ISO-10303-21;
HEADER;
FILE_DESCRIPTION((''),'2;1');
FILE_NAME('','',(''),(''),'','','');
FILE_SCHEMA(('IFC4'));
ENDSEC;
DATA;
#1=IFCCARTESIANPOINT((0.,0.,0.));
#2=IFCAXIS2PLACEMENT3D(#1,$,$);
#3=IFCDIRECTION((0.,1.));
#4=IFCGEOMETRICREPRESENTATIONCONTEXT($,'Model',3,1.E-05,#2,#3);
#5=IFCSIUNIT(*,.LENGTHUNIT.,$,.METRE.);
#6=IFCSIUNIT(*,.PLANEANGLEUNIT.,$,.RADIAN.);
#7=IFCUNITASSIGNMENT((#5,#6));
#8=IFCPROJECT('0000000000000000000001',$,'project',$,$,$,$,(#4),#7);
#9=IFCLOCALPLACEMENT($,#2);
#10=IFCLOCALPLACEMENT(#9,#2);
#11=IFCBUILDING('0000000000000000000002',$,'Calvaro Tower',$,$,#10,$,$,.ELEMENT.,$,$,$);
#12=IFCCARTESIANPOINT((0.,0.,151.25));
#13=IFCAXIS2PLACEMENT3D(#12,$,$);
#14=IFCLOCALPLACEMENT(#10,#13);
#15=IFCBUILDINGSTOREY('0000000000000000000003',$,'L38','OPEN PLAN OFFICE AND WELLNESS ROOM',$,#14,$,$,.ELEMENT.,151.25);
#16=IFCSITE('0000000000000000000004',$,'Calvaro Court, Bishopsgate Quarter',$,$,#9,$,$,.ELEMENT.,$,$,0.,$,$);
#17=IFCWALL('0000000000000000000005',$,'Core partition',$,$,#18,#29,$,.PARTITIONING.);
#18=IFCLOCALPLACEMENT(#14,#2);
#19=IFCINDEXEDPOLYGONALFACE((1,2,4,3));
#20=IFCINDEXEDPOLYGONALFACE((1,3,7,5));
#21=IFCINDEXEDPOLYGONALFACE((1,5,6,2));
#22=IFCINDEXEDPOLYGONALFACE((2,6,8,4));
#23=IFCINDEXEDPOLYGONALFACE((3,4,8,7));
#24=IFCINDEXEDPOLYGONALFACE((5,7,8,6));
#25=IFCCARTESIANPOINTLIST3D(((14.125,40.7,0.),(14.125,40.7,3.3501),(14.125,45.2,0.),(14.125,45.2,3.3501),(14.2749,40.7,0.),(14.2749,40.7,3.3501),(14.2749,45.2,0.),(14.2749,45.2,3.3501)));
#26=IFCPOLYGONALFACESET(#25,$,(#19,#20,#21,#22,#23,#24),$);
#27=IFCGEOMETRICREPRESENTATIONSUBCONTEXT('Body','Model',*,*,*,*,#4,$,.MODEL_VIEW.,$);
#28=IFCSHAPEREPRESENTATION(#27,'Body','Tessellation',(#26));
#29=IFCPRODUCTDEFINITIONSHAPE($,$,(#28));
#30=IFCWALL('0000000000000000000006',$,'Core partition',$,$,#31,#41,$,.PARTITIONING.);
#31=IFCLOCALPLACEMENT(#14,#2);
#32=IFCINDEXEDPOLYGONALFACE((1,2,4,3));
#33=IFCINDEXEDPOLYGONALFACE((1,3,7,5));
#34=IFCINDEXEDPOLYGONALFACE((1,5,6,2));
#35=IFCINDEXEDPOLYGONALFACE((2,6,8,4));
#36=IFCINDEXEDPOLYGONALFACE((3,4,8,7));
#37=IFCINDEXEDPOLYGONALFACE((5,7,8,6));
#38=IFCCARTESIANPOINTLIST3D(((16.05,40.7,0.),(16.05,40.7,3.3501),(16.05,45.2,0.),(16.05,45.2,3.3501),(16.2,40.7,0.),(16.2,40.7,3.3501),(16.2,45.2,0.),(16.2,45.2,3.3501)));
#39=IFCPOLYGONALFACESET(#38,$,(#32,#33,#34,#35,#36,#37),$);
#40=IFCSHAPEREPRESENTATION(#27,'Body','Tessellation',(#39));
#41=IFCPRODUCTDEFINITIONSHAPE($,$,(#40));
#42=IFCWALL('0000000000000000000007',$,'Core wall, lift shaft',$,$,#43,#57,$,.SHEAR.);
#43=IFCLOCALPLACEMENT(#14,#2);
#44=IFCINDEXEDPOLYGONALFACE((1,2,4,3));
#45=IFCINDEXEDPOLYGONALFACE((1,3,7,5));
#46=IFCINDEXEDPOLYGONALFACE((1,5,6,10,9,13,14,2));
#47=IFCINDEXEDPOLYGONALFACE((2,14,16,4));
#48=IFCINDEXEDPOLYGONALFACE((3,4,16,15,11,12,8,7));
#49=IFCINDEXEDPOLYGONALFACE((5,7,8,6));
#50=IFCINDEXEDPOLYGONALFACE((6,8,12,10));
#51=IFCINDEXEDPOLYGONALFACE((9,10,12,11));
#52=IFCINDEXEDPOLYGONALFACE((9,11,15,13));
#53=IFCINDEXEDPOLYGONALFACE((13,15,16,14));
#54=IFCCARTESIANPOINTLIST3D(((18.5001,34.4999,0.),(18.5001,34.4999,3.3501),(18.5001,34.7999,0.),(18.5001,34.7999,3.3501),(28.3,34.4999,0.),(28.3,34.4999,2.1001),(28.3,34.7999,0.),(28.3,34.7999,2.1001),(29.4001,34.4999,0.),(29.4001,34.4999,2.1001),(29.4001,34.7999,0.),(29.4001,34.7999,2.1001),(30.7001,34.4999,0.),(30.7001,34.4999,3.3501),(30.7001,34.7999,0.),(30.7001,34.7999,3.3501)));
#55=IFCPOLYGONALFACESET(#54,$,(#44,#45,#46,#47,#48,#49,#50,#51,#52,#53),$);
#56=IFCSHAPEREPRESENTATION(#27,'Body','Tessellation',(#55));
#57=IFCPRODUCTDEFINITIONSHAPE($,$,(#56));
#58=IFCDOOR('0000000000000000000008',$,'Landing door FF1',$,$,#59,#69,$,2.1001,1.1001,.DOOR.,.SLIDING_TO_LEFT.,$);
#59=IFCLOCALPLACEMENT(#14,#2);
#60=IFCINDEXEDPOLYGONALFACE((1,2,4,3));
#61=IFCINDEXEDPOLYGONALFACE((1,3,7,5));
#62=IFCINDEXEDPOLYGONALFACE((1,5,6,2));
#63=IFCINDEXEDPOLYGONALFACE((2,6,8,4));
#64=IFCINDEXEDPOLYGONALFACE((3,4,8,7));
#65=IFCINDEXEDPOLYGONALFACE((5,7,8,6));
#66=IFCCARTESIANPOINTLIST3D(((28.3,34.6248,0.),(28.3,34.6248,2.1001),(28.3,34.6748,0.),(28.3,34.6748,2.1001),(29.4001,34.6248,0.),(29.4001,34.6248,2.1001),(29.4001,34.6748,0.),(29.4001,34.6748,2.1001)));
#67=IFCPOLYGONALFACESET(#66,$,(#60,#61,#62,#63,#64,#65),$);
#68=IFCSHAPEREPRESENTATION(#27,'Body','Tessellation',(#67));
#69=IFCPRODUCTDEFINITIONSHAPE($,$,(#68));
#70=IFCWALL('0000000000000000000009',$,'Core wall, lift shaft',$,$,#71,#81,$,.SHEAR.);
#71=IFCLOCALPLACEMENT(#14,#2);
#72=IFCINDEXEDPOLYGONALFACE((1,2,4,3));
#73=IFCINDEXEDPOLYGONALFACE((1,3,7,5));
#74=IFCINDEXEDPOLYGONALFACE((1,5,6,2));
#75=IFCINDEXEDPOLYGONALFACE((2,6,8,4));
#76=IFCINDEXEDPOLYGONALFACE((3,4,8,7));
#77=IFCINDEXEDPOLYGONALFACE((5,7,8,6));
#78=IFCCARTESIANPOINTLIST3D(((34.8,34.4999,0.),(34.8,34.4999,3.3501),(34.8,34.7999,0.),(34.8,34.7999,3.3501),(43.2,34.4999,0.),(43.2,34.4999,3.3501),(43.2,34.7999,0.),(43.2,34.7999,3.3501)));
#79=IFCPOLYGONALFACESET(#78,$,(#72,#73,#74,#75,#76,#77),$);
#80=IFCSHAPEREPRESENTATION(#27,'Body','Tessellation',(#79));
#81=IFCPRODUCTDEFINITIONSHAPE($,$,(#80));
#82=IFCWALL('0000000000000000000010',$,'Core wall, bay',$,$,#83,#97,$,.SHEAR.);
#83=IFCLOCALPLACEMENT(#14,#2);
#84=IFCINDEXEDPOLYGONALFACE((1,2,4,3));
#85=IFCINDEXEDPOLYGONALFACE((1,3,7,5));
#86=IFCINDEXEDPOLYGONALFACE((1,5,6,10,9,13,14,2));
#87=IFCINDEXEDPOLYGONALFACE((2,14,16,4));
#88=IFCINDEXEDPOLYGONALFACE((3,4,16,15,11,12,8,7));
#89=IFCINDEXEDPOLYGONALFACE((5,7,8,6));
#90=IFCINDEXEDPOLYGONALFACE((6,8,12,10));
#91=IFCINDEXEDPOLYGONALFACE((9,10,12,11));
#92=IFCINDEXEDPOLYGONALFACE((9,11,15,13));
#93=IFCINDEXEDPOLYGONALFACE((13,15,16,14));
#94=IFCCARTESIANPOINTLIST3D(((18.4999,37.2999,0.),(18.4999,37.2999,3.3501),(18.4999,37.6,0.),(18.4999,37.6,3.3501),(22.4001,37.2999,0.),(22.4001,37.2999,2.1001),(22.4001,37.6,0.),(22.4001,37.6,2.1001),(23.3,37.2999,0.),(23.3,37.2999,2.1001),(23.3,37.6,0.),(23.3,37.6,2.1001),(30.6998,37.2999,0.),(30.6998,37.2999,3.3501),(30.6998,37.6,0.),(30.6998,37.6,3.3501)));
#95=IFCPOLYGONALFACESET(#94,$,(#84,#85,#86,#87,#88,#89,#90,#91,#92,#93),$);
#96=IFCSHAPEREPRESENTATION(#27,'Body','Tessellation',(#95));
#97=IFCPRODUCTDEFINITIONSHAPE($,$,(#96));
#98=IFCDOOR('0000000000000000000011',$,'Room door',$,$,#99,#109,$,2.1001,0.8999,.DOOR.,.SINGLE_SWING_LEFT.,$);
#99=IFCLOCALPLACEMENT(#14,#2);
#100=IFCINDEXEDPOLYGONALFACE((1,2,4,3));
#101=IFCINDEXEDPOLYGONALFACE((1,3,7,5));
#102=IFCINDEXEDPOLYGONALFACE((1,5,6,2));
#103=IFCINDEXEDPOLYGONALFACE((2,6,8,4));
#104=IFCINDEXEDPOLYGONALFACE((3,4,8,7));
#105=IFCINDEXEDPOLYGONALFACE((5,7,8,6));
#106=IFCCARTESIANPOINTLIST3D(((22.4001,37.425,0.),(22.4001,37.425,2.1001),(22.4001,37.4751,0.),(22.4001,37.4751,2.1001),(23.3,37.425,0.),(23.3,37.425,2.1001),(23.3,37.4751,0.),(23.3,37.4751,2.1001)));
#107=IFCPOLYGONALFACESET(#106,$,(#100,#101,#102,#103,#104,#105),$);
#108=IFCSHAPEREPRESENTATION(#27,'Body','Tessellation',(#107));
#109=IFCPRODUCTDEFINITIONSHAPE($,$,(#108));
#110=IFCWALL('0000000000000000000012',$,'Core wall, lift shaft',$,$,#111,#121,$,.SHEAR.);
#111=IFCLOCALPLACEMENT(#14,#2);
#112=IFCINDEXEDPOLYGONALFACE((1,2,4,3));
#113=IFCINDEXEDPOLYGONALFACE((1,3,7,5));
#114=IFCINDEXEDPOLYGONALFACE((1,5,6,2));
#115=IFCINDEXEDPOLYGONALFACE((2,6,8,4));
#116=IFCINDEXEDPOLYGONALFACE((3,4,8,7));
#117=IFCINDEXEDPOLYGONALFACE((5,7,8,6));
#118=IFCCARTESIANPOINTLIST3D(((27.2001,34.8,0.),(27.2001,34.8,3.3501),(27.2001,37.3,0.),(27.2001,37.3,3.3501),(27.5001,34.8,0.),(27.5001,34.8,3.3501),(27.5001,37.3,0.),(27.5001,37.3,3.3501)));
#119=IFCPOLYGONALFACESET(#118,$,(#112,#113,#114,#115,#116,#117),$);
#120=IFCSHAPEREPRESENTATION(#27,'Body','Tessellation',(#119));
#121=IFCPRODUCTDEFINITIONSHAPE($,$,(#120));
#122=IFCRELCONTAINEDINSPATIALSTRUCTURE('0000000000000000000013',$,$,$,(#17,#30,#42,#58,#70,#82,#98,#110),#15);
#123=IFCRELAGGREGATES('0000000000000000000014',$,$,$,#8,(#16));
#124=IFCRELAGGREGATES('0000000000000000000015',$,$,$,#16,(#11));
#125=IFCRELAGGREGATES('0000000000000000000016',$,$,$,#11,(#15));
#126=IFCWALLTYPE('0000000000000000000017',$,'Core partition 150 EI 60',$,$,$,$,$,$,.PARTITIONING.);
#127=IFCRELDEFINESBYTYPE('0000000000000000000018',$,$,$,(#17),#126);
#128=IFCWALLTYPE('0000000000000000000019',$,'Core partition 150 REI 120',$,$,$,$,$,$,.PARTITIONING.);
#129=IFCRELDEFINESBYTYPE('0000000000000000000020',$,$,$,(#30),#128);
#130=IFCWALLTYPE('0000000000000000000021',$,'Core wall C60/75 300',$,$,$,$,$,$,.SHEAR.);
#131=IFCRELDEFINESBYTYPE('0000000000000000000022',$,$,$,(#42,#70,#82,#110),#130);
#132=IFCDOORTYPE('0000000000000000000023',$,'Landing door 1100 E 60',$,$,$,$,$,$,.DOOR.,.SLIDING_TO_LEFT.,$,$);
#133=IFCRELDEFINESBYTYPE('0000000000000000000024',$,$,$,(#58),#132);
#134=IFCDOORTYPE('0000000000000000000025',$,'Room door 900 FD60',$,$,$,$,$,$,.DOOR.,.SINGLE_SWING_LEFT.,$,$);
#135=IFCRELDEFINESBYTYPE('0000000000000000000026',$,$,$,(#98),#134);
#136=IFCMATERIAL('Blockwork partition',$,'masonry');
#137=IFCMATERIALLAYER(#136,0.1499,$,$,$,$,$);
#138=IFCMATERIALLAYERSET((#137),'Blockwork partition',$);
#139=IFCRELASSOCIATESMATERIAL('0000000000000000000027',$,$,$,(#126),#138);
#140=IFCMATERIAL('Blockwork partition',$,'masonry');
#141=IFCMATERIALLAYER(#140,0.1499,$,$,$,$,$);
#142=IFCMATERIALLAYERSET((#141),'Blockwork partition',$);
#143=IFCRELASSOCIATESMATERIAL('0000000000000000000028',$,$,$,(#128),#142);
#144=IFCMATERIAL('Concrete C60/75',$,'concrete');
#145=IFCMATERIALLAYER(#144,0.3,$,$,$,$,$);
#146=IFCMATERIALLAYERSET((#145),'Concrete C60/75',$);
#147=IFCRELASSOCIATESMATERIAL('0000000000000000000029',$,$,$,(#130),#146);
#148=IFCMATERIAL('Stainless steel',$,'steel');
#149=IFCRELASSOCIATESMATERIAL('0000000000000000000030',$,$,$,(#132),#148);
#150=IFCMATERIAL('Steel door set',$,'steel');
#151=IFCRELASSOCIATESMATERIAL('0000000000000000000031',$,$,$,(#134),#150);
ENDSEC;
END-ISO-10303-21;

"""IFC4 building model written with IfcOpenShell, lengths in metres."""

from ifc_helpers import new_model, si_unit, direction, frame, frame_2d, origin, place, context, subcontext, project, spatial, rectangle, extrude, material, layer, layer_set, type_object, element, fill, save


model = new_model("IFC4")

# Units and contexts
model_context = context("Model", 3, precision=1e-05, world=origin(), true_north=direction((0.0, 1.0)))
body_context = subcontext(model_context, "Body", "Model", "MODEL_VIEW")
ifc_project = project(units=[si_unit("LENGTHUNIT", "METRE"), si_unit("PLANEANGLEUNIT", "RADIAN")], contexts=[model_context])

# Site, building, storey
site_placement = place(None, origin())
site = spatial("IfcSite", under=ifc_project, at=site_placement, Name="Calvaro Court, Bishopsgate Quarter", CompositionType="ELEMENT", RefElevation=0.0)
building_placement = place(site_placement, origin())
building = spatial("IfcBuilding", under=site, at=building_placement, Name="Calvaro Tower", CompositionType="ELEMENT")
storey_placement = place(building_placement, frame((0.0, 0.0, 151.25)))
storey = spatial("IfcBuildingStorey", under=building, at=storey_placement, Name="L38", Description="OPEN PLAN OFFICE AND WELLNESS ROOM", CompositionType="ELEMENT", Elevation=151.25)

# Walls
ifc_material_1 = material(Name="Blockwork partition", Category="masonry")
ifc_layer_1 = layer(ifc_material_1, 0.1499)
ifc_layer_set_1 = layer_set([ifc_layer_1], Name="Blockwork partition")
wall_type_1 = type_object("IfcWallType", Name="Core partition 150 EI 60", PredefinedType="PARTITIONING", material=ifc_layer_set_1)
wall_1_placement = place(storey_placement, frame((14.2, 40.7, 0.0), z_axis=(0.0, 0.0, 1.0), x_axis=(0.0, 1.0, 0.0)))
element("IfcWall", 1, at=wall_1_placement, inside=storey, type_object=wall_type_1, Name="Core partition", PredefinedType="PARTITIONING", context=body_context, shape_type="SweptSolid", body=[
    extrude(rectangle(XDim=4.5, YDim=0.1499, at=frame_2d((2.25, 0.0))), origin(), (0.0, 0.0, 1.0), 3.3501),
])
ifc_material_2 = material(Name="Blockwork partition", Category="masonry")
ifc_layer_2 = layer(ifc_material_2, 0.1499)
ifc_layer_set_2 = layer_set([ifc_layer_2], Name="Blockwork partition")
wall_type_2 = type_object("IfcWallType", Name="Core partition 150 REI 120", PredefinedType="PARTITIONING", material=ifc_layer_set_2)
wall_2_placement = place(storey_placement, frame((16.125, 40.7, 0.0), z_axis=(0.0, 0.0, 1.0), x_axis=(0.0, 1.0, 0.0)))
element("IfcWall", 2, at=wall_2_placement, inside=storey, type_object=wall_type_2, Name="Core partition", PredefinedType="PARTITIONING", context=body_context, shape_type="SweptSolid", body=[
    extrude(rectangle(XDim=4.5, YDim=0.1499, at=frame_2d((2.25, 0.0))), origin(), (0.0, 0.0, 1.0), 3.3501),
])

# Wall, opening, door
ifc_material_3 = material(Name="Concrete C60/75", Category="concrete")
ifc_layer_3 = layer(ifc_material_3, 0.3)
ifc_layer_set_3 = layer_set([ifc_layer_3], Name="Concrete C60/75")
wall_type_3 = type_object("IfcWallType", Name="Core wall C60/75 300", PredefinedType="SHEAR", material=ifc_layer_set_3)
wall_3_placement = place(storey_placement, frame((18.5, 34.6499, 0.0), z_axis=(0.0, 0.0, 1.0), x_axis=(1.0, 0.0, 0.0)))
wall_3 = element("IfcWall", 3, at=wall_3_placement, inside=storey, type_object=wall_type_3, Name="Core wall, lift shaft", PredefinedType="SHEAR", context=body_context, shape_type="SweptSolid", body=[
    extrude(rectangle(XDim=12.2, YDim=0.3, at=frame_2d((6.1001, 0.0))), origin(), (0.0, 0.0, 1.0), 3.3501),
])
opening_1_placement = place(wall_3_placement, frame((9.8, 0.0, 0.0)))
opening_1 = element("IfcOpeningElement", 4, at=opening_1_placement, cuts=wall_3, PredefinedType="OPENING", context=body_context, shape_type="SweptSolid", body=[
    extrude(rectangle(XDim=1.1001, YDim=2.1001, at=frame_2d((0.55, 1.05))), frame((0.0, 0.1599, 0.0), z_axis=(0.0, -1.0, 0.0), x_axis=(1.0, 0.0, 0.0)), (0.0, 0.0, 1.0), 0.3201),
])
ifc_material_4 = material(Name="Stainless steel", Category="steel")
door_type_1 = type_object("IfcDoorType", Name="Landing door 1100 E 60", OperationType="SLIDING_TO_LEFT", PredefinedType="DOOR", material=ifc_material_4)
door_1_placement = place(opening_1_placement, origin())
door_1 = element("IfcDoor", 5, at=door_1_placement, inside=storey, type_object=door_type_1, Name="Landing door FF1", OperationType="SLIDING_TO_LEFT", OverallHeight=2.1001, OverallWidth=1.1001, PredefinedType="DOOR", context=body_context, shape_type="SweptSolid", body=[
    extrude(rectangle(XDim=1.1001, YDim=2.1001, at=frame_2d((0.55, 1.05))), frame((0.0, 0.0249, 0.0), z_axis=(0.0, -1.0, 0.0), x_axis=(1.0, 0.0, 0.0)), (0.0, 0.0, 1.0), 0.05),
])
fill(opening_1, door_1)

# Wall
wall_4_placement = place(storey_placement, frame((34.8, 34.6499, 0.0), z_axis=(0.0, 0.0, 1.0), x_axis=(1.0, 0.0, 0.0)))
element("IfcWall", 6, at=wall_4_placement, inside=storey, type_object=wall_type_3, Name="Core wall, lift shaft", PredefinedType="SHEAR", context=body_context, shape_type="SweptSolid", body=[
    extrude(rectangle(XDim=8.3999, YDim=0.3, at=frame_2d((4.2, 0.0))), origin(), (0.0, 0.0, 1.0), 3.3501),
])

# Wall, opening, door
wall_5_placement = place(storey_placement, frame((30.7, 37.45, 0.0), z_axis=(0.0, 0.0, 1.0), x_axis=(-1.0, 0.0, 0.0)))
wall_5 = element("IfcWall", 7, at=wall_5_placement, inside=storey, type_object=wall_type_3, Name="Core wall, bay", PredefinedType="SHEAR", context=body_context, shape_type="SweptSolid", body=[
    extrude(rectangle(XDim=12.2, YDim=0.3, at=frame_2d((6.1001, 0.0))), origin(), (0.0, 0.0, 1.0), 3.3501),
])
opening_2_placement = place(wall_5_placement, frame((7.3999, 0.0, 0.0)))
opening_2 = element("IfcOpeningElement", 8, at=opening_2_placement, cuts=wall_5, PredefinedType="OPENING", context=body_context, shape_type="SweptSolid", body=[
    extrude(rectangle(XDim=0.8999, YDim=2.1001, at=frame_2d((0.45, 1.05))), frame((0.0, 0.1599, 0.0), z_axis=(0.0, -1.0, 0.0), x_axis=(1.0, 0.0, 0.0)), (0.0, 0.0, 1.0), 0.3201),
])
ifc_material_5 = material(Name="Steel door set", Category="steel")
door_type_2 = type_object("IfcDoorType", Name="Room door 900 FD60", OperationType="SINGLE_SWING_LEFT", PredefinedType="DOOR", material=ifc_material_5)
door_2_placement = place(opening_2_placement, origin())
door_2 = element("IfcDoor", 9, at=door_2_placement, inside=storey, type_object=door_type_2, Name="Room door", OperationType="SINGLE_SWING_LEFT", OverallHeight=2.1001, OverallWidth=0.8999, PredefinedType="DOOR", context=body_context, shape_type="SweptSolid", body=[
    extrude(rectangle(XDim=0.8999, YDim=2.1001, at=frame_2d((0.45, 1.05))), frame((0.0, 0.0249, 0.0), z_axis=(0.0, -1.0, 0.0), x_axis=(1.0, 0.0, 0.0)), (0.0, 0.0, 1.0), 0.05),
])
fill(opening_2, door_2)

# Wall
wall_6_placement = place(storey_placement, frame((27.3501, 34.8, 0.0), z_axis=(0.0, 0.0, 1.0), x_axis=(0.0, 1.0, 0.0)))
element("IfcWall", 10, at=wall_6_placement, inside=storey, type_object=wall_type_3, Name="Core wall, lift shaft", PredefinedType="SHEAR", context=body_context, shape_type="SweptSolid", body=[
    extrude(rectangle(XDim=2.5, YDim=0.3, at=frame_2d((1.25, 0.0))), origin(), (0.0, 0.0, 1.0), 3.3501),
])

save(model, "model.ifc")
